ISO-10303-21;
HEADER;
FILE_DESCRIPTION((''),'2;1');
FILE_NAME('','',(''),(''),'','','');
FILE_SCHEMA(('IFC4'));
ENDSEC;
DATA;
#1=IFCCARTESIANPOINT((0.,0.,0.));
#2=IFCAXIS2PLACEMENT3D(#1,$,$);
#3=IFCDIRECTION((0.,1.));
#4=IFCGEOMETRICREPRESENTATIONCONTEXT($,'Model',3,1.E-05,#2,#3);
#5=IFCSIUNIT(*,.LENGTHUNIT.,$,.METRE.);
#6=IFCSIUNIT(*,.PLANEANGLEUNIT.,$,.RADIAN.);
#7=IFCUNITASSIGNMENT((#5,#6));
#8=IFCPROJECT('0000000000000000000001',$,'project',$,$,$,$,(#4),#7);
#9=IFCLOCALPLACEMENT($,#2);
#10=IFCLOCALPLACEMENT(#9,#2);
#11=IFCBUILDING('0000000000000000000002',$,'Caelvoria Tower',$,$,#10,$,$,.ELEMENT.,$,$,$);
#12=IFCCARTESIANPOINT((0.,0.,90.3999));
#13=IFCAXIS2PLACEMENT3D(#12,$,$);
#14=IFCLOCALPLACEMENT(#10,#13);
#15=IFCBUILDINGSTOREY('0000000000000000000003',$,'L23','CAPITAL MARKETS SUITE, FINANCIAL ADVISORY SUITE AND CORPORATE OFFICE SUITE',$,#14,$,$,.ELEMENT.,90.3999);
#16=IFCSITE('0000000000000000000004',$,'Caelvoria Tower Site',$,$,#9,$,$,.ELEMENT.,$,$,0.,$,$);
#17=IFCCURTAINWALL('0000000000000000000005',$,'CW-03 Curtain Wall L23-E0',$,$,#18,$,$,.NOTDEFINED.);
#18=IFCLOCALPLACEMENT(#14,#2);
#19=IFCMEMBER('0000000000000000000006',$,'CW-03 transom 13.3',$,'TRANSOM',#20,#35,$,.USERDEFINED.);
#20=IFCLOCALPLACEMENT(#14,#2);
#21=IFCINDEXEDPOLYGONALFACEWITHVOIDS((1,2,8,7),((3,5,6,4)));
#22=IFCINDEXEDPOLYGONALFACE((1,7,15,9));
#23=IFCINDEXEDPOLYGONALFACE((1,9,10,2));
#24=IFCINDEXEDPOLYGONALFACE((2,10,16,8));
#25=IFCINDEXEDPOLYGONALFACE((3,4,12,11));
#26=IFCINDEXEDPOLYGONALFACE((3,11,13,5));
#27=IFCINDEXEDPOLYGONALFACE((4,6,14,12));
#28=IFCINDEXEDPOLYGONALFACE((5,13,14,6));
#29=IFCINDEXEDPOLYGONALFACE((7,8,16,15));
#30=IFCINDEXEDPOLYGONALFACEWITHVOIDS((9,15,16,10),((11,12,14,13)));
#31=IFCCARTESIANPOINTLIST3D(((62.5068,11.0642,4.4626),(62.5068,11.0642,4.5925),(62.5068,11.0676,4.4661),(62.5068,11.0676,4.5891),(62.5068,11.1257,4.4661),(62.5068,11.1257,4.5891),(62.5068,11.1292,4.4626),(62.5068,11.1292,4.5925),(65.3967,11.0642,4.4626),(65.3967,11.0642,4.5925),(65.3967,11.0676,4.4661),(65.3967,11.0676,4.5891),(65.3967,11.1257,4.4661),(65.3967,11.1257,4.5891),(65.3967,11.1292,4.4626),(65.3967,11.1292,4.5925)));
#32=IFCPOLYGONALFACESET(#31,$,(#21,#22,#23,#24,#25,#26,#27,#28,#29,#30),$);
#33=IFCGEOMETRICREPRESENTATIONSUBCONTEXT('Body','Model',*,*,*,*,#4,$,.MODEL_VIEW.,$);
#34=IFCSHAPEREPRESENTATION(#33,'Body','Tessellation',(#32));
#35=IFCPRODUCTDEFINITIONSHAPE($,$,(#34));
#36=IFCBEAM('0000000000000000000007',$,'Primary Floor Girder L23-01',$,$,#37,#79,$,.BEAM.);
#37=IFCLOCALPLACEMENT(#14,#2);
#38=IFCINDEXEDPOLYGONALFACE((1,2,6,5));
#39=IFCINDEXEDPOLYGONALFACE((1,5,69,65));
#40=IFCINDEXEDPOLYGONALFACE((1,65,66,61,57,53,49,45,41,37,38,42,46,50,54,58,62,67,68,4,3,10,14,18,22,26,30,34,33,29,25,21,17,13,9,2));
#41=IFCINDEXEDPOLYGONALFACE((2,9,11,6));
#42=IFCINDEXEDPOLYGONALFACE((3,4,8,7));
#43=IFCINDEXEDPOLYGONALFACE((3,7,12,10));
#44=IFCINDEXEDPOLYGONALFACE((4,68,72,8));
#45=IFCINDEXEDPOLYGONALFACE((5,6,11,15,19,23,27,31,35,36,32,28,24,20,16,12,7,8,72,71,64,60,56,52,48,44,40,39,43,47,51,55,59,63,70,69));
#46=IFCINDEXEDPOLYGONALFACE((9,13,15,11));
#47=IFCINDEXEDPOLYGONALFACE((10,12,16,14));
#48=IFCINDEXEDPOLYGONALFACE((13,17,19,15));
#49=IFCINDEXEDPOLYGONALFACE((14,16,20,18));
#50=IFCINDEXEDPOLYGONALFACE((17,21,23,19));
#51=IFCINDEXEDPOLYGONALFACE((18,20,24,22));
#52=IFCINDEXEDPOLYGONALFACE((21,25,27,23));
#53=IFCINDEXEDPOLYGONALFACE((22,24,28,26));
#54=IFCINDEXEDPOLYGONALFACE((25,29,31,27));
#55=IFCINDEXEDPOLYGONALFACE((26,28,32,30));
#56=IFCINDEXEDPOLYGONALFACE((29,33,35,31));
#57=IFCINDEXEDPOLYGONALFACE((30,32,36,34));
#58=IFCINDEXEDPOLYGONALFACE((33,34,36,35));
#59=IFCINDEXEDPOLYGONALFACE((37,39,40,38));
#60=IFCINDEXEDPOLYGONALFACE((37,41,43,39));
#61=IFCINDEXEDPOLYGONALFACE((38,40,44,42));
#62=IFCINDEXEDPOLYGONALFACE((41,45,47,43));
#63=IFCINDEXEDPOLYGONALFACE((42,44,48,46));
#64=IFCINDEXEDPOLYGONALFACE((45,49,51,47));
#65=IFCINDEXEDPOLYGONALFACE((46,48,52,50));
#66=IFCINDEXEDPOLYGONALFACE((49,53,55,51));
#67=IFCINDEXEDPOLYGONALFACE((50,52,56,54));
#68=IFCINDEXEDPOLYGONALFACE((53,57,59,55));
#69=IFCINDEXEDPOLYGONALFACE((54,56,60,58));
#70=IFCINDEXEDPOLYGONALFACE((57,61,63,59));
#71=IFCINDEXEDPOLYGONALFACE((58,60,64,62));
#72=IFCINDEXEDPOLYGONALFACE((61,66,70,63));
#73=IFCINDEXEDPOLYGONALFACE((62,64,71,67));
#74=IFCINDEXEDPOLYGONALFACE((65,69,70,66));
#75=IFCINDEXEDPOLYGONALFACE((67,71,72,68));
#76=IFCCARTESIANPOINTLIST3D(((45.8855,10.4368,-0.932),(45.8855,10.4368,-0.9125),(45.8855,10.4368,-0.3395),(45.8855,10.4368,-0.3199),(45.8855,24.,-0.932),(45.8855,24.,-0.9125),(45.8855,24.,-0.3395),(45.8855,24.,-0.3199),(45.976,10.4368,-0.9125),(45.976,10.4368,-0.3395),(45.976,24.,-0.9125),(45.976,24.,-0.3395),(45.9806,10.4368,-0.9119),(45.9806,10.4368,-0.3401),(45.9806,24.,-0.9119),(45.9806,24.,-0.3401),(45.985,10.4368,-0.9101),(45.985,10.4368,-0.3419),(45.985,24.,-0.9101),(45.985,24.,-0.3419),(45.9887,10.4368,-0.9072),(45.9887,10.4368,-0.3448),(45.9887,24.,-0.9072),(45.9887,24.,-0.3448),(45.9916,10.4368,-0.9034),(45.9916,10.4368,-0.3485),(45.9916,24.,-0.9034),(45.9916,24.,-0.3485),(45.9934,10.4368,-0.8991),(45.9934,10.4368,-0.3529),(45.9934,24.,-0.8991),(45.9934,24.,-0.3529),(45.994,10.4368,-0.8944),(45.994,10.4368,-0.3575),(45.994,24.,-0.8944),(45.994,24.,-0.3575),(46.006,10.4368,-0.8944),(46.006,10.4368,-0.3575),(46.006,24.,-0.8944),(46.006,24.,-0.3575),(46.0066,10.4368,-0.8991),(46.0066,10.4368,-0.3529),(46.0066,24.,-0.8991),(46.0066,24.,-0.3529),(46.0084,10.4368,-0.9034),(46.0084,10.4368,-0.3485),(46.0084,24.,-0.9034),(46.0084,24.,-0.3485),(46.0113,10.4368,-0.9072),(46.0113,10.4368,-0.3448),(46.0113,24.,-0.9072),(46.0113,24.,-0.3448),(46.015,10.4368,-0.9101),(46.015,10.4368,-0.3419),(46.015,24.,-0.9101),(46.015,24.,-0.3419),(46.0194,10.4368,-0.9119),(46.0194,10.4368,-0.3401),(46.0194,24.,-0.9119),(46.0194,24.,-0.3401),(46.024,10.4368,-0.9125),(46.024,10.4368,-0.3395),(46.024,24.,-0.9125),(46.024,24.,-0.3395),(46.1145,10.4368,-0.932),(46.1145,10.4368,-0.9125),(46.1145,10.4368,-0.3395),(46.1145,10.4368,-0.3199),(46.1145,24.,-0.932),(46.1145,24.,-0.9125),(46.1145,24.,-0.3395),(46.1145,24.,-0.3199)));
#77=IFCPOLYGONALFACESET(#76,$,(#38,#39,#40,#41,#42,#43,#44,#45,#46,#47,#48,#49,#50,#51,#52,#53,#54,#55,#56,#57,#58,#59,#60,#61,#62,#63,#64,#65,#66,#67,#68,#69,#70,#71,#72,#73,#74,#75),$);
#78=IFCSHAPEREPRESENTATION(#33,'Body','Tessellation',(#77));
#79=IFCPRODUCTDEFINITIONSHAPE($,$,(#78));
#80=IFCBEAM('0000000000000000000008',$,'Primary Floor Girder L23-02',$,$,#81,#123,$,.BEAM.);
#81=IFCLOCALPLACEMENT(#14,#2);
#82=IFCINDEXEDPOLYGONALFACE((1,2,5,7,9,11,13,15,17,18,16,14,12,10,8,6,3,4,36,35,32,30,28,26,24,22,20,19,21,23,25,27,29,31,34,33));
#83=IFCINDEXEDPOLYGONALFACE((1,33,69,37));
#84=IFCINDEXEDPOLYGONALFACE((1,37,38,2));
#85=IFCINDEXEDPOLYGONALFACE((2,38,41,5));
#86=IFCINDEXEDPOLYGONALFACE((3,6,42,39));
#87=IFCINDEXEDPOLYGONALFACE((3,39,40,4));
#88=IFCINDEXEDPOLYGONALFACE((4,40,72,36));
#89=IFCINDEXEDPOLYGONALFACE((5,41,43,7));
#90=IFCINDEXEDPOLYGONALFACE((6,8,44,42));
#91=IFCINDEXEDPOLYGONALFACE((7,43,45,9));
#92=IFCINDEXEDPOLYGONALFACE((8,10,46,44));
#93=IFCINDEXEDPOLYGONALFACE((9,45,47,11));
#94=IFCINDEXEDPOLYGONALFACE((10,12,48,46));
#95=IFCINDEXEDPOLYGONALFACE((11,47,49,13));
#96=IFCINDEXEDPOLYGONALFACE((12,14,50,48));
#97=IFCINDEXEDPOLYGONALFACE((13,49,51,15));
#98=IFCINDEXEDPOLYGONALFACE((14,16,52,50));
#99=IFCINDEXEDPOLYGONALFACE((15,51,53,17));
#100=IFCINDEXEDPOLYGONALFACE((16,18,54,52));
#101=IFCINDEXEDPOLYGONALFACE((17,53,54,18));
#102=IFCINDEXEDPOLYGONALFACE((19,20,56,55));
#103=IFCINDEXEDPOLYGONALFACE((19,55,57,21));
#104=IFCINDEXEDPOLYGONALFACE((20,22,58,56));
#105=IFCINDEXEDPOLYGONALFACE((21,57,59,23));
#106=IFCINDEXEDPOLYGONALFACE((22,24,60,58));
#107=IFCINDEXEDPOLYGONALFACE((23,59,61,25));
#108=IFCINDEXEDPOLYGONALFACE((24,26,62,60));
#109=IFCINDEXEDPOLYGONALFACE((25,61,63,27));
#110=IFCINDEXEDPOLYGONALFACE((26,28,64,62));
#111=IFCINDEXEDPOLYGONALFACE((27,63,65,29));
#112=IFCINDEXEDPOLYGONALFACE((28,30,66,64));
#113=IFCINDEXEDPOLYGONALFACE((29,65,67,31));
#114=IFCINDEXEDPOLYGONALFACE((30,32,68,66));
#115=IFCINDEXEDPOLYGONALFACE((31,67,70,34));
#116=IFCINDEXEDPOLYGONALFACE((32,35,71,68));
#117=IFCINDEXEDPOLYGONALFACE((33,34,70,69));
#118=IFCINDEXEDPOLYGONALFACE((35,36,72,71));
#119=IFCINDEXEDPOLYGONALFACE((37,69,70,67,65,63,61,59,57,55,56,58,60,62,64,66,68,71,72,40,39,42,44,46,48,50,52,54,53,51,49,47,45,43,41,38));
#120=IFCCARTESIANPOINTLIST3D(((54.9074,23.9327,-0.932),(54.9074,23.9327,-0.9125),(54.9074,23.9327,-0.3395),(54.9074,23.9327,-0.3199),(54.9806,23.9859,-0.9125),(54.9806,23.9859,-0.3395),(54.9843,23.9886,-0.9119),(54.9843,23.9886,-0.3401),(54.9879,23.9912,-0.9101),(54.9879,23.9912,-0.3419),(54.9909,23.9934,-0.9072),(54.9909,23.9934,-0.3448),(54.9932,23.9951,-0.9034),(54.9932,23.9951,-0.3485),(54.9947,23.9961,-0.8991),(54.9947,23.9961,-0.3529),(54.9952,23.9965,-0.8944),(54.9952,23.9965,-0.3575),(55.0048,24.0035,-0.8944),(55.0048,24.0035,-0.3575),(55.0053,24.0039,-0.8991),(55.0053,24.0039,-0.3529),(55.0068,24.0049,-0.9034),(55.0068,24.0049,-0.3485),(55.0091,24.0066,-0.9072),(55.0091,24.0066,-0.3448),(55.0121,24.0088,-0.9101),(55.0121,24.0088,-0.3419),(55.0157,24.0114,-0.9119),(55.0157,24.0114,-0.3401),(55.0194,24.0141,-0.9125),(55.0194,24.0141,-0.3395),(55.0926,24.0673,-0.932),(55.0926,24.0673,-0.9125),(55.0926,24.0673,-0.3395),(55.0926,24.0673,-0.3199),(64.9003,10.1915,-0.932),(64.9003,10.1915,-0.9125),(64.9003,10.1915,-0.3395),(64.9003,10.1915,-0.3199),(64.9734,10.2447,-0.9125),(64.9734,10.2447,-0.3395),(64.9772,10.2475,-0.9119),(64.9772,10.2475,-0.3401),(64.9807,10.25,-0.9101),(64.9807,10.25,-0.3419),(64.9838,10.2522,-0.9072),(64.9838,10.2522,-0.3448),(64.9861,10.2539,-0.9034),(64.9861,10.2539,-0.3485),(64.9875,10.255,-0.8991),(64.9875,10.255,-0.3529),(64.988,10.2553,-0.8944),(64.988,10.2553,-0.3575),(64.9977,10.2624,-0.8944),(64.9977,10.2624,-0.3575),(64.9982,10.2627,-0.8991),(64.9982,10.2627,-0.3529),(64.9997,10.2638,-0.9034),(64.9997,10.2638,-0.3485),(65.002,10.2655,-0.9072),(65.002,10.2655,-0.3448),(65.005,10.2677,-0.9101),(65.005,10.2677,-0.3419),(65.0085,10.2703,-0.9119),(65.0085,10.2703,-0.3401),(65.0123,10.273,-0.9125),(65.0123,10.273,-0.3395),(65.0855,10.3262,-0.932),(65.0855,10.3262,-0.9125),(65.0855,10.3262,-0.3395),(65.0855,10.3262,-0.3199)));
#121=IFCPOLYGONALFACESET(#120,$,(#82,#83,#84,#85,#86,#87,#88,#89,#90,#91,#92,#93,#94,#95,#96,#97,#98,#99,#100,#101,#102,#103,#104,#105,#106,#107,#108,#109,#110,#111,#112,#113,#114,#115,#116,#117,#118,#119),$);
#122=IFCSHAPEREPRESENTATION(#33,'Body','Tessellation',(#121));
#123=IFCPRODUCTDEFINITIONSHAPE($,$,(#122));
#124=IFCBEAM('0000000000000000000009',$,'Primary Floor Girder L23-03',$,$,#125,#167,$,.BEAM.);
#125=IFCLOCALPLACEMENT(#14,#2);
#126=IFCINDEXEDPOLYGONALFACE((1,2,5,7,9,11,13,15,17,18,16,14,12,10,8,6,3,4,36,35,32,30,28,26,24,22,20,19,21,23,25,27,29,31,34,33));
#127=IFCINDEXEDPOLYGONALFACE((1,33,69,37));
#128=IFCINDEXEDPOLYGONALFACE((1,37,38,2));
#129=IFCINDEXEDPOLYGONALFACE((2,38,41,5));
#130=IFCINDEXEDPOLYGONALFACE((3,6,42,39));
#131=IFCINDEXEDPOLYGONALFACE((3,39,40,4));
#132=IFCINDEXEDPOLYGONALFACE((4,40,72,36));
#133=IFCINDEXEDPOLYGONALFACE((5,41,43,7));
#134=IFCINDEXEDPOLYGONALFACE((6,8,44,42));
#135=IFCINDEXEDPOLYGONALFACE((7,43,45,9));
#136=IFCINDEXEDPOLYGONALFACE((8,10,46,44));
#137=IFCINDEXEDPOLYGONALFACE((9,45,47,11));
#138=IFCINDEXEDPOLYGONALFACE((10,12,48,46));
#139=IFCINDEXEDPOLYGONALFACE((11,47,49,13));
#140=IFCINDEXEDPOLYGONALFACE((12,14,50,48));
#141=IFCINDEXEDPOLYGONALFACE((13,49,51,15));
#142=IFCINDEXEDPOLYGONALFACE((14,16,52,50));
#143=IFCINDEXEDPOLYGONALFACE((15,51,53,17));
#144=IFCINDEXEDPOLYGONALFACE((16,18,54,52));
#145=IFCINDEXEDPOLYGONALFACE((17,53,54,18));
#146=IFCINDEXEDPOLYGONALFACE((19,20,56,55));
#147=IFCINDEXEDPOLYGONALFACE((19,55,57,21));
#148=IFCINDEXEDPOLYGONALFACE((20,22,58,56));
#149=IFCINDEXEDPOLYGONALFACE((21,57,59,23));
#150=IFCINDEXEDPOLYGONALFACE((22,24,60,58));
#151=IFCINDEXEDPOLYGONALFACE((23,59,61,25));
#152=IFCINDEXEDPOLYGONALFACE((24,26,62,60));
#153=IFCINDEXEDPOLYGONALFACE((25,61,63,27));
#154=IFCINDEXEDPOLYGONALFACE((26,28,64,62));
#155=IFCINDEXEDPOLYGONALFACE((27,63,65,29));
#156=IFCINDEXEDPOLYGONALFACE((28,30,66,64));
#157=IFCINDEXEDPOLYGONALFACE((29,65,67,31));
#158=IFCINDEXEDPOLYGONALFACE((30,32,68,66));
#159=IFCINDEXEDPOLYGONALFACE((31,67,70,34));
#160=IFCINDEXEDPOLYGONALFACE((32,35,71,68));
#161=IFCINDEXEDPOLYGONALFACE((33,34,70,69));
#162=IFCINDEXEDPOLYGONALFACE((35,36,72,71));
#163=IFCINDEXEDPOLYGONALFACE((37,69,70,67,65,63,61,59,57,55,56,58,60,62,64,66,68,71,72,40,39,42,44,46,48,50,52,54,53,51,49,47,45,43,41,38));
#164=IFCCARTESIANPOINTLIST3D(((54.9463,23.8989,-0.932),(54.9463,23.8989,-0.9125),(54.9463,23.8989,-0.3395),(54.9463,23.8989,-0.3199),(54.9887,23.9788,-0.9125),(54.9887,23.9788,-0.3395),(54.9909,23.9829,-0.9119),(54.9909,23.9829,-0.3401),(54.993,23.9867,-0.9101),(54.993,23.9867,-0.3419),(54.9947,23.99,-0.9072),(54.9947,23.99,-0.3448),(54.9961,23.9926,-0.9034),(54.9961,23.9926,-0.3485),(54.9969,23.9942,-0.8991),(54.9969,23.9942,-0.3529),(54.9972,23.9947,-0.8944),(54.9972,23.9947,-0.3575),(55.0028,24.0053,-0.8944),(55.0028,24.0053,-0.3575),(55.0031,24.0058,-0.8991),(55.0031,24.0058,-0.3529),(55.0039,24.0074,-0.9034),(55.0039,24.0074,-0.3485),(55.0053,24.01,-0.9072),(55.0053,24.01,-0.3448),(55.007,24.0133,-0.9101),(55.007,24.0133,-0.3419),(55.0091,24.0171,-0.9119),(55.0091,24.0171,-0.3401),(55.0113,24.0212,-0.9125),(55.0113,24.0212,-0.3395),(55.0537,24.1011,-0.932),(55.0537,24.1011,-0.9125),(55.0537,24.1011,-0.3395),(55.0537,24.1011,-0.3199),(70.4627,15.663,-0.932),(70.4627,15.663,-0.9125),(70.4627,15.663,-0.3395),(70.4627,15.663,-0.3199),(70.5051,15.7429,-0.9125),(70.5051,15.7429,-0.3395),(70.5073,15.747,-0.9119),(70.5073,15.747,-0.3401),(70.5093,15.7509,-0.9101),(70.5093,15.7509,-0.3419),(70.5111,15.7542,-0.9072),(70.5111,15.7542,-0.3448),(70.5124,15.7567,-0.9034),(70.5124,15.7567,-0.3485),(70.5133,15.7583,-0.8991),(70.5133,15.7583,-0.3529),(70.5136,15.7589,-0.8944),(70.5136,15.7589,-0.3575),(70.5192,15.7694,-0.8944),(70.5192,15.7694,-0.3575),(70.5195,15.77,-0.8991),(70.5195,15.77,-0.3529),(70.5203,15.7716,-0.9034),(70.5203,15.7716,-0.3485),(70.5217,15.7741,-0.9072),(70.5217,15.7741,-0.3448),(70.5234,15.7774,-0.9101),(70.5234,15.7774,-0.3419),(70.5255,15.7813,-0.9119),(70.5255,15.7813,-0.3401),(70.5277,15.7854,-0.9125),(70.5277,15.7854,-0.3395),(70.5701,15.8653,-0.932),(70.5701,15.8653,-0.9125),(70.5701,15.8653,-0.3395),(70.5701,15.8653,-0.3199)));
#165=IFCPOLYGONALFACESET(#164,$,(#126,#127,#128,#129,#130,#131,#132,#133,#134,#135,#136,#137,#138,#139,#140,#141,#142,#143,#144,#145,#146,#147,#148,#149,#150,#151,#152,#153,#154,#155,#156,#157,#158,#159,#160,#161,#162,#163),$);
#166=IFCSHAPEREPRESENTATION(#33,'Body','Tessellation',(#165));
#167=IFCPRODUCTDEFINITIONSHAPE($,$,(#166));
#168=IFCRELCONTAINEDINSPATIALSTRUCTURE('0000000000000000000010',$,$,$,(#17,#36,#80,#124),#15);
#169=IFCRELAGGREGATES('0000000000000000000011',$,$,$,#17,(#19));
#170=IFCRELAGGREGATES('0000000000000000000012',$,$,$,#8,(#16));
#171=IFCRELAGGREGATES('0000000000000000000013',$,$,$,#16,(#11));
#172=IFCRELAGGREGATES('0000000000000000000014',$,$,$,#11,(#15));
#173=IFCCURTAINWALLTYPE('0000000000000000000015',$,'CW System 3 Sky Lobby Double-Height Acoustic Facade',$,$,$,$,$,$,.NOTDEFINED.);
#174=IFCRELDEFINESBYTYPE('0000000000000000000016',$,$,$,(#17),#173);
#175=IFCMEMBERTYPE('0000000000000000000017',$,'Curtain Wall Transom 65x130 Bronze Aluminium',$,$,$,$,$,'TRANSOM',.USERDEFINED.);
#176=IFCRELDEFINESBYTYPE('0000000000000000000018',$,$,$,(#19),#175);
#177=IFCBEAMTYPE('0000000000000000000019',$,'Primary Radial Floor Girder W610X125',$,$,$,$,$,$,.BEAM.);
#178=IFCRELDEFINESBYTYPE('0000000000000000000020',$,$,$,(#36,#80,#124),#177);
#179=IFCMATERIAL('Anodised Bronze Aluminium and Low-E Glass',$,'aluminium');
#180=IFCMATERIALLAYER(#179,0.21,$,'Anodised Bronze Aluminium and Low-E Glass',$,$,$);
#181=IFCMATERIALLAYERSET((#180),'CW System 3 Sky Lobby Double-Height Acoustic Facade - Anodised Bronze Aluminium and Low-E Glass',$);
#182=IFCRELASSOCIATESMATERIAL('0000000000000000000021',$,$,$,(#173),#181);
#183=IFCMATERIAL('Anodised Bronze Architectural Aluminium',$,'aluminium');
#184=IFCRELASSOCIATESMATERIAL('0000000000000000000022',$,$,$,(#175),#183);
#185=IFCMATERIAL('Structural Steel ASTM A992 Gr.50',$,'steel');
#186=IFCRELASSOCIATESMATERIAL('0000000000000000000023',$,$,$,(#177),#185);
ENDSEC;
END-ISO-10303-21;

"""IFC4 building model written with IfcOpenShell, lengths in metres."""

from ifc_helpers import new_model, si_unit, direction, frame, origin, origin_2d, place, context, subcontext, project, spatial, hollow_rectangle, i_section, extrude, material, layer, layer_set, material_profile, profile_set, type_object, element, aggregate, save


model = new_model("IFC4")

# Units and contexts
model_context = context("Model", 3, precision=1e-05, world=origin(), true_north=direction((0.0, 1.0)))
body_context = subcontext(model_context, "Body", "Model", "MODEL_VIEW")
ifc_project = project(units=[si_unit("LENGTHUNIT", "METRE"), si_unit("PLANEANGLEUNIT", "RADIAN")], contexts=[model_context])

# Site, building, storey
site_placement = place(None, origin())
site = spatial("IfcSite", under=ifc_project, at=site_placement, Name="Caelvoria Tower Site", CompositionType="ELEMENT", RefElevation=0.0)
building_placement = place(site_placement, origin())
building = spatial("IfcBuilding", under=site, at=building_placement, Name="Caelvoria Tower", CompositionType="ELEMENT")
storey_placement = place(building_placement, frame((0.0, 0.0, 90.3999)))
storey = spatial("IfcBuildingStorey", under=building, at=storey_placement, Name="L23", Description="CAPITAL MARKETS SUITE, FINANCIAL ADVISORY SUITE AND CORPORATE OFFICE SUITE", CompositionType="ELEMENT", Elevation=90.3999)

# Curtain wall, member
ifc_material_1 = material(Name="Anodised Bronze Aluminium and Low-E Glass", Category="aluminium")
ifc_layer_1 = layer(ifc_material_1, 0.21, Name="Anodised Bronze Aluminium and Low-E Glass")
ifc_layer_set_1 = layer_set([ifc_layer_1], Name="CW System 3 Sky Lobby Double-Height Acoustic Facade - Anodised Bronze Aluminium and Low-E Glass")
curtain_wall_type = type_object("IfcCurtainWallType", Name="CW System 3 Sky Lobby Double-Height Acoustic Facade", PredefinedType="NOTDEFINED", material=ifc_layer_set_1)
curtain_wall_placement = place(storey_placement, origin())
curtain_wall = element("IfcCurtainWall", 1, at=curtain_wall_placement, inside=storey, type_object=curtain_wall_type, Name="CW-03 Curtain Wall L23-E0", PredefinedType="NOTDEFINED")
ifc_material_2 = material(Name="Anodised Bronze Architectural Aluminium", Category="aluminium")
ifc_material_profile_1 = material_profile(ifc_material_2, hollow_rectangle(XDim=0.0649, YDim=0.1299, WallThickness=0.0034, at=origin_2d()), Name="Anodised Bronze Architectural Aluminium")
ifc_profile_set_1 = profile_set([ifc_material_profile_1], Name="CW_TRAN_65X130 - Anodised Bronze Architectural Aluminium")
member_type = type_object("IfcMemberType", Name="Curtain Wall Transom 65x130 Bronze Aluminium", ElementType="TRANSOM", PredefinedType="USERDEFINED", material=ifc_profile_set_1)
member_placement = place(storey_placement, frame((62.5068, 11.0967, 4.5276), z_axis=(1.0, 0.0, 0.0), x_axis=(0.0, 1.0, 0.0)))
member = element("IfcMember", 2, at=member_placement, type_object=member_type, Name="CW-03 transom 13.3", ObjectType="TRANSOM", PredefinedType="USERDEFINED", context=body_context, shape_type="SweptSolid", body=[
    extrude(hollow_rectangle(XDim=0.0649, YDim=0.1299, WallThickness=0.0034, at=origin_2d()), origin(), (0.0, 0.0, 1.0), 2.8899),
])

# Beams
ifc_material_3 = material(Name="Structural Steel ASTM A992 Gr.50", Category="steel")
ifc_material_profile_2 = material_profile(ifc_material_3, i_section(OverallWidth=0.229, OverallDepth=0.6121, WebThickness=0.012, FlangeThickness=0.0195, FilletRadius=0.0181, at=origin_2d()), Name="Structural Steel ASTM A992 Gr.50")
ifc_profile_set_2 = profile_set([ifc_material_profile_2], Name="W610X125 - Structural Steel ASTM A992 Gr.50")
beam_type_1 = type_object("IfcBeamType", Name="Primary Radial Floor Girder W610X125", PredefinedType="BEAM", material=ifc_profile_set_2)
beam_1_placement = place(storey_placement, frame((46.0, 24.0, -0.626), z_axis=(0.0, -1.0, 0.0), x_axis=(1.0, 0.0, 0.0)))
element("IfcBeam", 3, at=beam_1_placement, inside=storey, type_object=beam_type_1, Name="Primary Floor Girder L23-01", PredefinedType="BEAM", context=body_context, shape_type="SweptSolid", body=[
    extrude(i_section(OverallWidth=0.229, OverallDepth=0.6121, WebThickness=0.012, FlangeThickness=0.0195, FilletRadius=0.0181, at=origin_2d()), origin(), (0.0, 0.0, 1.0), 13.5632),
])
beam_2_placement = place(storey_placement, frame((55.0, 24.0, -0.626), z_axis=(0.588145, -0.808755, 0.0), x_axis=(0.808755, 0.588145, 0.0)))
element("IfcBeam", 4, at=beam_2_placement, inside=storey, type_object=beam_type_1, Name="Primary Floor Girder L23-02", PredefinedType="BEAM", context=body_context, shape_type="SweptSolid", body=[
    extrude(i_section(OverallWidth=0.229, OverallDepth=0.6121, WebThickness=0.012, FlangeThickness=0.0195, FilletRadius=0.0181, at=origin_2d()), origin(), (0.0, 0.0, 1.0), 16.9905),
])
beam_3_placement = place(storey_placement, frame((55.0, 24.0, -0.626), z_axis=(0.883286, -0.468834, 0.0), x_axis=(0.468834, 0.883286, 0.0)))
element("IfcBeam", 5, at=beam_3_placement, inside=storey, type_object=beam_type_1, Name="Primary Floor Girder L23-03", PredefinedType="BEAM", context=body_context, shape_type="SweptSolid", body=[
    extrude(i_section(OverallWidth=0.229, OverallDepth=0.6121, WebThickness=0.012, FlangeThickness=0.0195, FilletRadius=0.0181, at=origin_2d()), origin(), (0.0, 0.0, 1.0), 17.5667),
])

aggregate(curtain_wall, [member])

save(model, "model.ifc")
